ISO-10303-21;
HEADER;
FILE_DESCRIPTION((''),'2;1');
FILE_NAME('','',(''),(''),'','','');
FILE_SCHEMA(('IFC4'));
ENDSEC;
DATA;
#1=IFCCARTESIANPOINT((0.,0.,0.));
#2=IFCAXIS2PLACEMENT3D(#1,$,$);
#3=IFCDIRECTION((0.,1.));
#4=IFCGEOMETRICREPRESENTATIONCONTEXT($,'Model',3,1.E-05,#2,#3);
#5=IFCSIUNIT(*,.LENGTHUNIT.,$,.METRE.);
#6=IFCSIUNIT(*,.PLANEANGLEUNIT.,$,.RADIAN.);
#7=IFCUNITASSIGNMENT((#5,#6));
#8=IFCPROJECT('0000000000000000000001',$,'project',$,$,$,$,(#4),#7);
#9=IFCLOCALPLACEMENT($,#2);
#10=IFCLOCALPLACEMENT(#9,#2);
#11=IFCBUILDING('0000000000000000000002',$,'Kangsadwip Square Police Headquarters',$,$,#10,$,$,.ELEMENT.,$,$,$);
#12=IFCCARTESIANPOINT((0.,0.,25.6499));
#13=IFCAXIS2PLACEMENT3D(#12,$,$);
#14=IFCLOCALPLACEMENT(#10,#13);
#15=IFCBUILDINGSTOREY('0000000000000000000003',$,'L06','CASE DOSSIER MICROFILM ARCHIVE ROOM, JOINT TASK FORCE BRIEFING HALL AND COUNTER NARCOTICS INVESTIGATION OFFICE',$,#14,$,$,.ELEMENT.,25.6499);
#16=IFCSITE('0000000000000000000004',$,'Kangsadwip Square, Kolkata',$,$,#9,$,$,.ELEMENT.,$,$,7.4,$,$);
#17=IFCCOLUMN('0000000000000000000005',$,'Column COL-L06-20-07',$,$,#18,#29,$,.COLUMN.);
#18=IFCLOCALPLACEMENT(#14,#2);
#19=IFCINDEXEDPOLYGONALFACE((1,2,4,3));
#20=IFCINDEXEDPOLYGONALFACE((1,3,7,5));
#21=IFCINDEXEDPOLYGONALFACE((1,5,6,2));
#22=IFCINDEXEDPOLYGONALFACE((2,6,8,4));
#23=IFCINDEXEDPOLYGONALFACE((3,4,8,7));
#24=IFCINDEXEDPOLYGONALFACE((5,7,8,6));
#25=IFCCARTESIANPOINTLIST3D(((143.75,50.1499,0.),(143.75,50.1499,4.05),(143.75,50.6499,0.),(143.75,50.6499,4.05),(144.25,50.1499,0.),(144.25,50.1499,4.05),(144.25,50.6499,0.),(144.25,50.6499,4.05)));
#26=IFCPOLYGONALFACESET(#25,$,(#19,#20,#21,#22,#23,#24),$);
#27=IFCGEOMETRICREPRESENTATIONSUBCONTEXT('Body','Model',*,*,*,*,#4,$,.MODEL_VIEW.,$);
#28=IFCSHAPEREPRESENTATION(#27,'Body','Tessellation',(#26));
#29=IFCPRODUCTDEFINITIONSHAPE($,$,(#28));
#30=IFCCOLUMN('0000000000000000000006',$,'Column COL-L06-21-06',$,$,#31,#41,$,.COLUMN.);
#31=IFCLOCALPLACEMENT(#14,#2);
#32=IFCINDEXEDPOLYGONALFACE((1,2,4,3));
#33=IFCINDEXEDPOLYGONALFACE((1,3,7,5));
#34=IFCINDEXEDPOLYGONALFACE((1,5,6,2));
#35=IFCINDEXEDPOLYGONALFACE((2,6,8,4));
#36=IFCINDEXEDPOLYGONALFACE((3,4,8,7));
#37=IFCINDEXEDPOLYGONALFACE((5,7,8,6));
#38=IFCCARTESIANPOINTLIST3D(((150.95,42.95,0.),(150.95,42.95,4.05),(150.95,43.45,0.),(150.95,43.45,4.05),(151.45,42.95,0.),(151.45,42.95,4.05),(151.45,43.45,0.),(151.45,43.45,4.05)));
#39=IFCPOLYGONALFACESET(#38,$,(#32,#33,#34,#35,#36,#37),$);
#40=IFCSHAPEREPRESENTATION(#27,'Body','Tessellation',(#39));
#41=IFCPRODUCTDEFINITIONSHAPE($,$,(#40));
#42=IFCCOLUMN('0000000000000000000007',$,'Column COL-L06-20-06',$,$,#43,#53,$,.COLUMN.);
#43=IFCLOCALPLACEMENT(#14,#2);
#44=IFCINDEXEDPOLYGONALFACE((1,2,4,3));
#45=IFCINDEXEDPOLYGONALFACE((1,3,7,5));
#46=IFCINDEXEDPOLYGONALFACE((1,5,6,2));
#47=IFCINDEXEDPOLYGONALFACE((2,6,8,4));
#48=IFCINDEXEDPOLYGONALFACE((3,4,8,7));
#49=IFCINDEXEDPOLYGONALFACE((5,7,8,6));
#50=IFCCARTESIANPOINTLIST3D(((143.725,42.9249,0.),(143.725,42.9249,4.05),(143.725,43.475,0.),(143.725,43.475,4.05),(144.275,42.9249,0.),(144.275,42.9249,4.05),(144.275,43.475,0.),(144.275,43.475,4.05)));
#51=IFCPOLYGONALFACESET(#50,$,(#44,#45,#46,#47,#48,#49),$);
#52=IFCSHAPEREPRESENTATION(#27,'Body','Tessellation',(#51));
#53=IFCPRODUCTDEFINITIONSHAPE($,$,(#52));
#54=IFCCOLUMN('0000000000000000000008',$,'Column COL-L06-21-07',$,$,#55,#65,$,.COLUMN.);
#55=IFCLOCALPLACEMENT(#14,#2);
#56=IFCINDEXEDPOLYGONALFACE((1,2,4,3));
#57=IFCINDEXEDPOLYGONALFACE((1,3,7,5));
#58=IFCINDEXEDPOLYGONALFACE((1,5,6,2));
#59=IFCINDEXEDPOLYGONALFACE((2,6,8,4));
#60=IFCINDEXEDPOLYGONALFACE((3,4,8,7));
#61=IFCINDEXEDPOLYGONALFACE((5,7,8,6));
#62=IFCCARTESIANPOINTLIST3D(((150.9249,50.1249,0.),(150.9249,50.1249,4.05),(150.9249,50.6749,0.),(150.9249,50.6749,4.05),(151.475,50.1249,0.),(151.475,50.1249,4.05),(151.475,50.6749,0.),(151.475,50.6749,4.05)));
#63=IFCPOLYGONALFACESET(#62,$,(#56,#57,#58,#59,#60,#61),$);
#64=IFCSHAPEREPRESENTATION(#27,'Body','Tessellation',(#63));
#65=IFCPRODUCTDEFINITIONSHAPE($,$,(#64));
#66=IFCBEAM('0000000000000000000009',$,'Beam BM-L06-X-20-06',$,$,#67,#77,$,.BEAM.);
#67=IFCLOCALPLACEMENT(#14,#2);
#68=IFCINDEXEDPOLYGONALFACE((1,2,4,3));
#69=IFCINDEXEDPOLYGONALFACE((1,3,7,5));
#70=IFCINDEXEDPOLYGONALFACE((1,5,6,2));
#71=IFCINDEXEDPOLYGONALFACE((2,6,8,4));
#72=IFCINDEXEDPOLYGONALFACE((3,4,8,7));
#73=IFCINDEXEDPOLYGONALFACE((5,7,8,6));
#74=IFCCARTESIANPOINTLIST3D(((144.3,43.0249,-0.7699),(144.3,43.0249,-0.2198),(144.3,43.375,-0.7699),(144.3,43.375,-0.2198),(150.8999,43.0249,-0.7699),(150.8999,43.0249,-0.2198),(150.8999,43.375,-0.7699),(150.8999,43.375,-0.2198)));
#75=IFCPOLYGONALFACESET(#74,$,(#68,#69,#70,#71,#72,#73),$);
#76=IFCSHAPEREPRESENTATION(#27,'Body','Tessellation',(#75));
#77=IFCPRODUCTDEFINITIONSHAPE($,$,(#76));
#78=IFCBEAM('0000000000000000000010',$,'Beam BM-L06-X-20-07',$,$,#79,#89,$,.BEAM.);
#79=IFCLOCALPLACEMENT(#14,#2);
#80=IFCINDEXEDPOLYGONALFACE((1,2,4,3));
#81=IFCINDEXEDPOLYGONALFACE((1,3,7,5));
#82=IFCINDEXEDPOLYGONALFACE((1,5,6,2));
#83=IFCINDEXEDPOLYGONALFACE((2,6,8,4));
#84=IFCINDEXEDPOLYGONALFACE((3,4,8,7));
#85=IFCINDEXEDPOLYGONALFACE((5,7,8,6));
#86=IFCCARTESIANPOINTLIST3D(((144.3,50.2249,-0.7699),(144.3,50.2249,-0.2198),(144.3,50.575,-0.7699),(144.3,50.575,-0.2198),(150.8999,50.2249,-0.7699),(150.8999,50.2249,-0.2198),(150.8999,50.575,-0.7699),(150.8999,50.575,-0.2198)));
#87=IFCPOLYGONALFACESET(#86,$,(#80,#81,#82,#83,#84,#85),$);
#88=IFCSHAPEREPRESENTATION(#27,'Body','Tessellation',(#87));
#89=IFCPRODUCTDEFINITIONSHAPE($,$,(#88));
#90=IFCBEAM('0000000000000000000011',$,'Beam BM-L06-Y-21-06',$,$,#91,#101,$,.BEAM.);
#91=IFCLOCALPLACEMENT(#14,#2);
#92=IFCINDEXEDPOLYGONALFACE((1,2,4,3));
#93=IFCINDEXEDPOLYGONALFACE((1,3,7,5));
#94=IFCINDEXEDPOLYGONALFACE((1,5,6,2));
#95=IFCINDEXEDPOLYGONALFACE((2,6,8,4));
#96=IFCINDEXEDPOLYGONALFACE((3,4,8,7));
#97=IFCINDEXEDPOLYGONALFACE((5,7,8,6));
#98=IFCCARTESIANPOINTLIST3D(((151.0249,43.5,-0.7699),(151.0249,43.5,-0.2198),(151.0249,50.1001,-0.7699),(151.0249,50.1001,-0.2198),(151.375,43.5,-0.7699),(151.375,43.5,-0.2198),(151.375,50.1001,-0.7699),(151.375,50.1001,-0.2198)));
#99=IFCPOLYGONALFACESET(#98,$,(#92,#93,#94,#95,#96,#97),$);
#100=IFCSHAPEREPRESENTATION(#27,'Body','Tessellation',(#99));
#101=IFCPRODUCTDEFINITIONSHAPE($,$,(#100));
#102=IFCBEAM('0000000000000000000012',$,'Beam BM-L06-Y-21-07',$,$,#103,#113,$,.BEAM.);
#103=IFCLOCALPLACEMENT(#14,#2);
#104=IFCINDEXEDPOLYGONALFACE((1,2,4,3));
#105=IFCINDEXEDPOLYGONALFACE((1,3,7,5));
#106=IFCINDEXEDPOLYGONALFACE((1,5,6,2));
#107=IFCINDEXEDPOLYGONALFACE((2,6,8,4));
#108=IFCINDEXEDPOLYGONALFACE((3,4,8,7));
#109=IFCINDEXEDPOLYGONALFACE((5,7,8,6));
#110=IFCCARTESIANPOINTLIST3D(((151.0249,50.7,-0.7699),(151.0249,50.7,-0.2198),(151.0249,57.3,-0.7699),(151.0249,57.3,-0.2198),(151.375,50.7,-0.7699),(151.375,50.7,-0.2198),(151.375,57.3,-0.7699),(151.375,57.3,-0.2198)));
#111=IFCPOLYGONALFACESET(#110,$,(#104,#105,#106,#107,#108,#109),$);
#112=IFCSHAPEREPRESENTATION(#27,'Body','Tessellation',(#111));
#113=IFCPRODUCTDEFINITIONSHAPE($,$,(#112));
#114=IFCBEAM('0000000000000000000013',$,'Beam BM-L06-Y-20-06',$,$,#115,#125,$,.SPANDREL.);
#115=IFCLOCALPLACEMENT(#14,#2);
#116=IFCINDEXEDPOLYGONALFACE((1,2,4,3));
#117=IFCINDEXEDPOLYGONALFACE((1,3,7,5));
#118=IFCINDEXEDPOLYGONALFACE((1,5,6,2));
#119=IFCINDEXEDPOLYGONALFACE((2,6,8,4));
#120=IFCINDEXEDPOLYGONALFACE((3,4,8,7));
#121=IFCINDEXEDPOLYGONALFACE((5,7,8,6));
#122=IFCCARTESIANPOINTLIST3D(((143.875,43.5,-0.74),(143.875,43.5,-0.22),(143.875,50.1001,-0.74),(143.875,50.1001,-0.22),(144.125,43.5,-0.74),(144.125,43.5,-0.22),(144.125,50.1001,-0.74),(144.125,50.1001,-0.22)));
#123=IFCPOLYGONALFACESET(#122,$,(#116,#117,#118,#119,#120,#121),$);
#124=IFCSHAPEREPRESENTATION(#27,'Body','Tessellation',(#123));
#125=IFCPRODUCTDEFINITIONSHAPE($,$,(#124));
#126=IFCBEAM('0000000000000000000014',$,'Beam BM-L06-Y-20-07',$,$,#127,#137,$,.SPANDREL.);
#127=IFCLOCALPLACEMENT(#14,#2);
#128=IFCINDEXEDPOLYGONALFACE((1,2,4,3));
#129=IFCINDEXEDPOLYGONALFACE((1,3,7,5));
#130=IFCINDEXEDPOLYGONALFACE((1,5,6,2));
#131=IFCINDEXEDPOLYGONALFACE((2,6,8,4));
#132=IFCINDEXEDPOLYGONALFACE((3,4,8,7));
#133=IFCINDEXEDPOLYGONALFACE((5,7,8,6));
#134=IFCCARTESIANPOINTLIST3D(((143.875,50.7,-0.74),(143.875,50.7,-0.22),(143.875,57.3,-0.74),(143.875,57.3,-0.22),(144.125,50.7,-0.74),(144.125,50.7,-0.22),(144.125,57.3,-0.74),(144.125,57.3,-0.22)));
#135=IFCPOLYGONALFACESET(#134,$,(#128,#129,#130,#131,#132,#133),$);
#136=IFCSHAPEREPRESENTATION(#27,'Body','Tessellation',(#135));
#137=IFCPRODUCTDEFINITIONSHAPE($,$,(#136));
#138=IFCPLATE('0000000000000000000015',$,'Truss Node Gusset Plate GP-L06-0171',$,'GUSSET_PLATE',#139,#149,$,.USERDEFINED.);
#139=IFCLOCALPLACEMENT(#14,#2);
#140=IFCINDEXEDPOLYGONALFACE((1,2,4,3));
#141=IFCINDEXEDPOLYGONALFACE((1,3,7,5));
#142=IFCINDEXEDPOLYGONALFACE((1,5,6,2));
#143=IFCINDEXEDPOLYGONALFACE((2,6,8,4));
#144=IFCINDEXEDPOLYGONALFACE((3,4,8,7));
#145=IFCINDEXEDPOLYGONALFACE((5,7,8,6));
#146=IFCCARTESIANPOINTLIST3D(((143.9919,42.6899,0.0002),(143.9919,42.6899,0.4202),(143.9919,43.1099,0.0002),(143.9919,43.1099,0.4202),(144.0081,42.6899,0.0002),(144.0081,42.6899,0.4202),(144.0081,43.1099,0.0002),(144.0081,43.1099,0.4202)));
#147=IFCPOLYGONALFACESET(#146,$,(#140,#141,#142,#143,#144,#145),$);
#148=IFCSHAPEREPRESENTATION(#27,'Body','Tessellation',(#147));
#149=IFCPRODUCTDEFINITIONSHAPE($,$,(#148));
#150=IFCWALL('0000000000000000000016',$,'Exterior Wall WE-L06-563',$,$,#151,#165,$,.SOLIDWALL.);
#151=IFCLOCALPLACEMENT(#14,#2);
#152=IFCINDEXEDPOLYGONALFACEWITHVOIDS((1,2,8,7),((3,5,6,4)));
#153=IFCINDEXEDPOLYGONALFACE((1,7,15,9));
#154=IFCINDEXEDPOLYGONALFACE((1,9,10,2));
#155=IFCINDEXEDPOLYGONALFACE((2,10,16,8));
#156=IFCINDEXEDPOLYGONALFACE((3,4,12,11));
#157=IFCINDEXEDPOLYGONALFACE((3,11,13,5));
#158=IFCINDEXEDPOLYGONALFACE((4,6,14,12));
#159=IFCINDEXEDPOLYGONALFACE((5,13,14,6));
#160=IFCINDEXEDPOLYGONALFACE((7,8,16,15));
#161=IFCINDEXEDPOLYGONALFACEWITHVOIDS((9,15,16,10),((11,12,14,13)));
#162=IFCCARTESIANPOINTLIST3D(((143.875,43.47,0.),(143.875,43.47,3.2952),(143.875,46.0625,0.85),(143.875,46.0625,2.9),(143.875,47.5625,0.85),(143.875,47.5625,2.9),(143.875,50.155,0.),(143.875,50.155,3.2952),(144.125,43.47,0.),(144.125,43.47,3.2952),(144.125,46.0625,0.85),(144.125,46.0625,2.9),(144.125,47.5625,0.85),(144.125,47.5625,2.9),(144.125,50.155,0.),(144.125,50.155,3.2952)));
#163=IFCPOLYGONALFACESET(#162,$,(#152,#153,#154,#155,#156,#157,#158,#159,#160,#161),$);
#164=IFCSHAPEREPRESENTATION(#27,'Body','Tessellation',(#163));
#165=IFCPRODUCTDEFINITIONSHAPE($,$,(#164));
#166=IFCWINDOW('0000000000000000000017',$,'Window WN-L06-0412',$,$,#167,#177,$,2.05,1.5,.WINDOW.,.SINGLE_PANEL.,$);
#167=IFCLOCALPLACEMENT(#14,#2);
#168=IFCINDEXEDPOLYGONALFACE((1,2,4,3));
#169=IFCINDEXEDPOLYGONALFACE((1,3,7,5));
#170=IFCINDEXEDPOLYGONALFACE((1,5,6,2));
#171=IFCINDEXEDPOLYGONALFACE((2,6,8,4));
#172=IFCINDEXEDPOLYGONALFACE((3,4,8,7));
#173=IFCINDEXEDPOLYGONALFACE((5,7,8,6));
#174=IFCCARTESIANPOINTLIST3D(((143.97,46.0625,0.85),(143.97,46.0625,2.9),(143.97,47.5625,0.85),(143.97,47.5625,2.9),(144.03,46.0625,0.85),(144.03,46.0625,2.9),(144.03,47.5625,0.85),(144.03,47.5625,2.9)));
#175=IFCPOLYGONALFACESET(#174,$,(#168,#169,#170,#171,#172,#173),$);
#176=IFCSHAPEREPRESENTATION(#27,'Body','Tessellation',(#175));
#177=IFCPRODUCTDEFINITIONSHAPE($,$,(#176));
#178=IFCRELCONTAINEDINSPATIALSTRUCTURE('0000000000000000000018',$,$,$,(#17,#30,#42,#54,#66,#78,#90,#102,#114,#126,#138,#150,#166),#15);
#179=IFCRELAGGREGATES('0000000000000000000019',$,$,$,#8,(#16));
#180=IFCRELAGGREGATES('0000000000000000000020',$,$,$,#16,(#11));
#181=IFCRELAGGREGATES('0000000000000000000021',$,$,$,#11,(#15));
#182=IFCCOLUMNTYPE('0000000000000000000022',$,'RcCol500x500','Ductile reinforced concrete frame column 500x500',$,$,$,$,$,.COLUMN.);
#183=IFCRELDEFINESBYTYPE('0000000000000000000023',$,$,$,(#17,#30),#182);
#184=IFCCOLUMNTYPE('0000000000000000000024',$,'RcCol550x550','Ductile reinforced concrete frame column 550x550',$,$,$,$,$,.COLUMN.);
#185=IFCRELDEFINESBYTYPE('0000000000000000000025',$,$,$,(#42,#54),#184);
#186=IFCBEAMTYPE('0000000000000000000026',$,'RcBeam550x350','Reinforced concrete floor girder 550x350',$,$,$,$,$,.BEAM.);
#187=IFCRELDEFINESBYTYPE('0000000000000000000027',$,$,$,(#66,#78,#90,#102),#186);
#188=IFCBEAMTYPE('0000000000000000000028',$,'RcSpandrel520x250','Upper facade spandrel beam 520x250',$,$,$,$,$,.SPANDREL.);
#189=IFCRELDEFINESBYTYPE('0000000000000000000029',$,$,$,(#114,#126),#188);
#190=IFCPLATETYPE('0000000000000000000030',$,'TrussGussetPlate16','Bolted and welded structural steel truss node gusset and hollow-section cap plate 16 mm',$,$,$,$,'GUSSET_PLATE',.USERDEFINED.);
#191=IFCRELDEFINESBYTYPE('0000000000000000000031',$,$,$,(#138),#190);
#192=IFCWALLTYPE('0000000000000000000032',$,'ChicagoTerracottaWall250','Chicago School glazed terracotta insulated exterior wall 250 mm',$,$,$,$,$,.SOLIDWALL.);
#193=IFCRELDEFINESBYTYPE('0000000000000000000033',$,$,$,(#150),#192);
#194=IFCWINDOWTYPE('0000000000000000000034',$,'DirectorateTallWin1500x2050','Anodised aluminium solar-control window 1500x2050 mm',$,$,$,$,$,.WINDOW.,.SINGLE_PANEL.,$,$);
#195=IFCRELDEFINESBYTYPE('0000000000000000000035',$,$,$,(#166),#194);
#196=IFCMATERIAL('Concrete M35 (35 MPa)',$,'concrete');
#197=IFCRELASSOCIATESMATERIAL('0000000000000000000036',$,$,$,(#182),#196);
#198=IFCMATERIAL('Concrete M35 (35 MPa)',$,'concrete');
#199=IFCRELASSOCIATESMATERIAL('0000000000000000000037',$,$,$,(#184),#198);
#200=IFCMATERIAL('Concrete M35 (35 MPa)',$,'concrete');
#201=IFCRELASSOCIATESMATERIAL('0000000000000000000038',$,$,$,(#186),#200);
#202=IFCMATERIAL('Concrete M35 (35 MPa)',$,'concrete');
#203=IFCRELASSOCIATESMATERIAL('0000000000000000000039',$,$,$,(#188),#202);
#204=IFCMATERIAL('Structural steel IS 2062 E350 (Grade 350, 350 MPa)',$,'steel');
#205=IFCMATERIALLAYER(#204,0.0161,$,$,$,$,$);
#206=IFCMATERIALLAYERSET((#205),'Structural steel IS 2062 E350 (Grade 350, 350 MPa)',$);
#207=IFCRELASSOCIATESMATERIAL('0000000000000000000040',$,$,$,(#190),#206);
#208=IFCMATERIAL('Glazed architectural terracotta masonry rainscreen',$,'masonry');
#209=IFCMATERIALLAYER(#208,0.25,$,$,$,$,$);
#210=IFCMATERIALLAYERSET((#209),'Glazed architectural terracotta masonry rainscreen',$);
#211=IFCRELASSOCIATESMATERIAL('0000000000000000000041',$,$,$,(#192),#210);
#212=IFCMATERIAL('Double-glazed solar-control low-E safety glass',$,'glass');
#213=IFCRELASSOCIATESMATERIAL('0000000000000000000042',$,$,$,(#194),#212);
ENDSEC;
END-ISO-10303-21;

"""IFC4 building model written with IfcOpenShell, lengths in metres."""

from ifc_helpers import new_model, si_unit, direction, frame, frame_2d, origin, origin_2d, place, context, subcontext, project, spatial, rectangle, extrude, material, layer, layer_set, material_profile, profile_set, type_object, element, fill, save


model = new_model("IFC4")

# Units and contexts
model_context = context("Model", 3, precision=1e-05, world=origin(), true_north=direction((0.0, 1.0)))
body_context = subcontext(model_context, "Body", "Model", "MODEL_VIEW")
ifc_project = project(units=[si_unit("LENGTHUNIT", "METRE"), si_unit("PLANEANGLEUNIT", "RADIAN")], contexts=[model_context])

# Site, building, storey
site_placement = place(None, origin())
site = spatial("IfcSite", under=ifc_project, at=site_placement, Name="Kangsadwip Square, Kolkata", CompositionType="ELEMENT", RefElevation=7.4)
building_placement = place(site_placement, origin())
building = spatial("IfcBuilding", under=site, at=building_placement, Name="Kangsadwip Square Police Headquarters", CompositionType="ELEMENT")
storey_placement = place(building_placement, frame((0.0, 0.0, 25.6499)))
storey = spatial("IfcBuildingStorey", under=building, at=storey_placement, Name="L06", Description="CASE DOSSIER MICROFILM ARCHIVE ROOM, JOINT TASK FORCE BRIEFING HALL AND COUNTER NARCOTICS INVESTIGATION OFFICE", CompositionType="ELEMENT", Elevation=25.6499)

# Columns
ifc_material_1 = material(Name="Concrete M35 (35 MPa)", Category="concrete")
ifc_material_profile_1 = material_profile(ifc_material_1, rectangle(XDim=0.5, YDim=0.5, at=origin_2d()), Name="RC COL 500X500")
ifc_profile_set_1 = profile_set([ifc_material_profile_1], Name="Concrete M35 (35 MPa)")
column_type_1 = type_object("IfcColumnType", Name="RcCol500x500", Description="Ductile reinforced concrete frame column 500x500", PredefinedType="COLUMN", material=ifc_profile_set_1)
for number, where, z_axis, x_axis, name in (
    (1, (144.0, 50.3999, 0.0), (0.0, 0.0, 1.0), (1.0, 0.0, 0.0), "Column COL-L06-20-07"),
    (2, (151.2, 43.2, 0.0), (0.0, 0.0, 1.0), (1.0, 0.0, 0.0), "Column COL-L06-21-06"),
):
    element("IfcColumn", number, at=place(storey_placement, frame(where, z_axis=z_axis, x_axis=x_axis)), inside=storey, type_object=column_type_1, Name=name, PredefinedType="COLUMN", context=body_context, shape_type="SweptSolid", body=[
        extrude(rectangle(XDim=0.5, YDim=0.5, at=origin_2d()), origin(), (0.0, 0.0, 1.0), 4.05),
    ])
ifc_material_2 = material(Name="Concrete M35 (35 MPa)", Category="concrete")
ifc_material_profile_2 = material_profile(ifc_material_2, rectangle(XDim=0.55, YDim=0.55, at=origin_2d()), Name="RC COL 550X550")
ifc_profile_set_2 = profile_set([ifc_material_profile_2], Name="Concrete M35 (35 MPa)")
column_type_2 = type_object("IfcColumnType", Name="RcCol550x550", Description="Ductile reinforced concrete frame column 550x550", PredefinedType="COLUMN", material=ifc_profile_set_2)
for number, where, z_axis, x_axis, name in (
    (3, (144.0, 43.2, 0.0), (0.0, 0.0, 1.0), (1.0, 0.0, 0.0), "Column COL-L06-20-06"),
    (4, (151.2, 50.3999, 0.0), (0.0, 0.0, 1.0), (1.0, 0.0, 0.0), "Column COL-L06-21-07"),
):
    element("IfcColumn", number, at=place(storey_placement, frame(where, z_axis=z_axis, x_axis=x_axis)), inside=storey, type_object=column_type_2, Name=name, PredefinedType="COLUMN", context=body_context, shape_type="SweptSolid", body=[
        extrude(rectangle(XDim=0.55, YDim=0.55, at=origin_2d()), origin(), (0.0, 0.0, 1.0), 4.05),
    ])

# Beams
ifc_material_3 = material(Name="Concrete M35 (35 MPa)", Category="concrete")
ifc_material_profile_3 = material_profile(ifc_material_3, rectangle(XDim=0.3501, YDim=0.55, at=origin_2d()), Name="RC BM 550X350")
ifc_profile_set_3 = profile_set([ifc_material_profile_3], Name="Concrete M35 (35 MPa)")
beam_type_1 = type_object("IfcBeamType", Name="RcBeam550x350", Description="Reinforced concrete floor girder 550x350", PredefinedType="BEAM", material=ifc_profile_set_3)
for number, where, z_axis, x_axis, name in (
    (5, (144.3, 43.2, -0.4949), (1.0, 0.0, 0.0), (0.0, 1.0, 0.0), "Beam BM-L06-X-20-06"),
    (6, (144.3, 50.3999, -0.4949), (1.0, 0.0, 0.0), (0.0, 1.0, 0.0), "Beam BM-L06-X-20-07"),
):
    element("IfcBeam", number, at=place(storey_placement, frame(where, z_axis=z_axis, x_axis=x_axis)), inside=storey, type_object=beam_type_1, Name=name, PredefinedType="BEAM", context=body_context, shape_type="SweptSolid", body=[
        extrude(rectangle(XDim=0.3501, YDim=0.55, at=origin_2d()), origin(), (0.0, 0.0, 1.0), 6.5999),
    ])
for number, where, z_axis, x_axis, name in (
    (7, (151.2, 43.5, -0.4949), (0.0, 1.0, 0.0), (-1.0, 0.0, 0.0), "Beam BM-L06-Y-21-06"),
    (8, (151.2, 50.7, -0.4949), (0.0, 1.0, 0.0), (-1.0, 0.0, 0.0), "Beam BM-L06-Y-21-07"),
):
    element("IfcBeam", number, at=place(storey_placement, frame(where, z_axis=z_axis, x_axis=x_axis)), inside=storey, type_object=beam_type_1, Name=name, PredefinedType="BEAM", context=body_context, shape_type="SweptSolid", body=[
        extrude(rectangle(XDim=0.3501, YDim=0.55, at=origin_2d()), origin(), (0.0, 0.0, 1.0), 6.6001),
    ])
ifc_material_4 = material(Name="Concrete M35 (35 MPa)", Category="concrete")
ifc_material_profile_4 = material_profile(ifc_material_4, rectangle(XDim=0.25, YDim=0.52, at=origin_2d()), Name="RC SPN 520X250")
ifc_profile_set_4 = profile_set([ifc_material_profile_4], Name="Concrete M35 (35 MPa)")
beam_type_2 = type_object("IfcBeamType", Name="RcSpandrel520x250", Description="Upper facade spandrel beam 520x250", PredefinedType="SPANDREL", material=ifc_profile_set_4)
for number, where, z_axis, x_axis, name in (
    (9, (144.0, 43.5, -0.48), (0.0, 1.0, 0.0), (-1.0, 0.0, 0.0), "Beam BM-L06-Y-20-06"),
    (10, (144.0, 50.7, -0.48), (0.0, 1.0, 0.0), (-1.0, 0.0, 0.0), "Beam BM-L06-Y-20-07"),
):
    element("IfcBeam", number, at=place(storey_placement, frame(where, z_axis=z_axis, x_axis=x_axis)), inside=storey, type_object=beam_type_2, Name=name, PredefinedType="SPANDREL", context=body_context, shape_type="SweptSolid", body=[
        extrude(rectangle(XDim=0.25, YDim=0.52, at=origin_2d()), origin(), (0.0, 0.0, 1.0), 6.6001),
    ])

# Plate
ifc_material_5 = material(Name="Structural steel IS 2062 E350 (Grade 350, 350 MPa)", Category="steel")
ifc_layer_1 = layer(ifc_material_5, 0.0161)
ifc_layer_set_1 = layer_set([ifc_layer_1], Name="Structural steel IS 2062 E350 (Grade 350, 350 MPa)")
plate_type = type_object("IfcPlateType", Name="TrussGussetPlate16", Description="Bolted and welded structural steel truss node gusset and hollow-section cap plate 16 mm", ElementType="GUSSET_PLATE", PredefinedType="USERDEFINED", material=ifc_layer_set_1)
plate_placement = place(storey_placement, frame((144.0, 42.8999, 0.0002), z_axis=(0.0, 0.0, 1.0), x_axis=(0.0, 1.0, 0.0)))
element("IfcPlate", 11, at=plate_placement, inside=storey, type_object=plate_type, Name="Truss Node Gusset Plate GP-L06-0171", ObjectType="GUSSET_PLATE", PredefinedType="USERDEFINED", context=body_context, shape_type="SweptSolid", body=[
    extrude(rectangle(XDim=0.4199, YDim=0.0161, at=origin_2d()), origin(), (0.0, 0.0, 1.0), 0.4199),
])

# Wall, opening, window
ifc_material_6 = material(Name="Glazed architectural terracotta masonry rainscreen", Category="masonry")
ifc_layer_2 = layer(ifc_material_6, 0.25)
ifc_layer_set_2 = layer_set([ifc_layer_2], Name="Glazed architectural terracotta masonry rainscreen")
wall_type_1 = type_object("IfcWallType", Name="ChicagoTerracottaWall250", Description="Chicago School glazed terracotta insulated exterior wall 250 mm", PredefinedType="SOLIDWALL", material=ifc_layer_set_2)
wall_1_placement = place(storey_placement, frame((144.0, 43.47, 0.0), z_axis=(0.0, 0.0, 1.0), x_axis=(0.0, 1.0, 0.0)))
wall_1 = element("IfcWall", 12, at=wall_1_placement, inside=storey, type_object=wall_type_1, Name="Exterior Wall WE-L06-563", PredefinedType="SOLIDWALL", context=body_context, shape_type="SweptSolid", body=[
    extrude(rectangle(XDim=6.6851, YDim=0.25, at=frame_2d((3.3425, 0.0))), origin(), (0.0, 0.0, 1.0), 3.2952),
])
opening_1_placement = place(wall_1_placement, frame((2.5925, 0.0, 0.8501)))
opening_1 = element("IfcOpeningElement", 13, at=opening_1_placement, cuts=wall_1, PredefinedType="OPENING", context=body_context, shape_type="SweptSolid", body=[
    extrude(rectangle(XDim=1.5, YDim=2.05, at=frame_2d((0.75, 1.0249))), frame((0.0, 0.135, 0.0), z_axis=(0.0, -1.0, 0.0), x_axis=(1.0, 0.0, 0.0)), (0.0, 0.0, 1.0), 0.27),
])
ifc_material_7 = material(Name="Double-glazed solar-control low-E safety glass", Category="glass")
window_type_1 = type_object("IfcWindowType", Name="DirectorateTallWin1500x2050", Description="Anodised aluminium solar-control window 1500x2050 mm", PartitioningType="SINGLE_PANEL", PredefinedType="WINDOW", material=ifc_material_7)
window_1_placement = place(opening_1_placement, origin())
window_1 = element("IfcWindow", 14, at=window_1_placement, inside=storey, type_object=window_type_1, Name="Window WN-L06-0412", OverallHeight=2.05, OverallWidth=1.5, PartitioningType="SINGLE_PANEL", PredefinedType="WINDOW", context=body_context, shape_type="SweptSolid", body=[
    extrude(rectangle(XDim=1.5, YDim=2.05, at=frame_2d((0.75, 1.0249))), frame((0.0, 0.03, 0.0), z_axis=(0.0, -1.0, 0.0), x_axis=(1.0, 0.0, 0.0)), (0.0, 0.0, 1.0), 0.0601),
])
fill(opening_1, window_1)

save(model, "model.ifc")
